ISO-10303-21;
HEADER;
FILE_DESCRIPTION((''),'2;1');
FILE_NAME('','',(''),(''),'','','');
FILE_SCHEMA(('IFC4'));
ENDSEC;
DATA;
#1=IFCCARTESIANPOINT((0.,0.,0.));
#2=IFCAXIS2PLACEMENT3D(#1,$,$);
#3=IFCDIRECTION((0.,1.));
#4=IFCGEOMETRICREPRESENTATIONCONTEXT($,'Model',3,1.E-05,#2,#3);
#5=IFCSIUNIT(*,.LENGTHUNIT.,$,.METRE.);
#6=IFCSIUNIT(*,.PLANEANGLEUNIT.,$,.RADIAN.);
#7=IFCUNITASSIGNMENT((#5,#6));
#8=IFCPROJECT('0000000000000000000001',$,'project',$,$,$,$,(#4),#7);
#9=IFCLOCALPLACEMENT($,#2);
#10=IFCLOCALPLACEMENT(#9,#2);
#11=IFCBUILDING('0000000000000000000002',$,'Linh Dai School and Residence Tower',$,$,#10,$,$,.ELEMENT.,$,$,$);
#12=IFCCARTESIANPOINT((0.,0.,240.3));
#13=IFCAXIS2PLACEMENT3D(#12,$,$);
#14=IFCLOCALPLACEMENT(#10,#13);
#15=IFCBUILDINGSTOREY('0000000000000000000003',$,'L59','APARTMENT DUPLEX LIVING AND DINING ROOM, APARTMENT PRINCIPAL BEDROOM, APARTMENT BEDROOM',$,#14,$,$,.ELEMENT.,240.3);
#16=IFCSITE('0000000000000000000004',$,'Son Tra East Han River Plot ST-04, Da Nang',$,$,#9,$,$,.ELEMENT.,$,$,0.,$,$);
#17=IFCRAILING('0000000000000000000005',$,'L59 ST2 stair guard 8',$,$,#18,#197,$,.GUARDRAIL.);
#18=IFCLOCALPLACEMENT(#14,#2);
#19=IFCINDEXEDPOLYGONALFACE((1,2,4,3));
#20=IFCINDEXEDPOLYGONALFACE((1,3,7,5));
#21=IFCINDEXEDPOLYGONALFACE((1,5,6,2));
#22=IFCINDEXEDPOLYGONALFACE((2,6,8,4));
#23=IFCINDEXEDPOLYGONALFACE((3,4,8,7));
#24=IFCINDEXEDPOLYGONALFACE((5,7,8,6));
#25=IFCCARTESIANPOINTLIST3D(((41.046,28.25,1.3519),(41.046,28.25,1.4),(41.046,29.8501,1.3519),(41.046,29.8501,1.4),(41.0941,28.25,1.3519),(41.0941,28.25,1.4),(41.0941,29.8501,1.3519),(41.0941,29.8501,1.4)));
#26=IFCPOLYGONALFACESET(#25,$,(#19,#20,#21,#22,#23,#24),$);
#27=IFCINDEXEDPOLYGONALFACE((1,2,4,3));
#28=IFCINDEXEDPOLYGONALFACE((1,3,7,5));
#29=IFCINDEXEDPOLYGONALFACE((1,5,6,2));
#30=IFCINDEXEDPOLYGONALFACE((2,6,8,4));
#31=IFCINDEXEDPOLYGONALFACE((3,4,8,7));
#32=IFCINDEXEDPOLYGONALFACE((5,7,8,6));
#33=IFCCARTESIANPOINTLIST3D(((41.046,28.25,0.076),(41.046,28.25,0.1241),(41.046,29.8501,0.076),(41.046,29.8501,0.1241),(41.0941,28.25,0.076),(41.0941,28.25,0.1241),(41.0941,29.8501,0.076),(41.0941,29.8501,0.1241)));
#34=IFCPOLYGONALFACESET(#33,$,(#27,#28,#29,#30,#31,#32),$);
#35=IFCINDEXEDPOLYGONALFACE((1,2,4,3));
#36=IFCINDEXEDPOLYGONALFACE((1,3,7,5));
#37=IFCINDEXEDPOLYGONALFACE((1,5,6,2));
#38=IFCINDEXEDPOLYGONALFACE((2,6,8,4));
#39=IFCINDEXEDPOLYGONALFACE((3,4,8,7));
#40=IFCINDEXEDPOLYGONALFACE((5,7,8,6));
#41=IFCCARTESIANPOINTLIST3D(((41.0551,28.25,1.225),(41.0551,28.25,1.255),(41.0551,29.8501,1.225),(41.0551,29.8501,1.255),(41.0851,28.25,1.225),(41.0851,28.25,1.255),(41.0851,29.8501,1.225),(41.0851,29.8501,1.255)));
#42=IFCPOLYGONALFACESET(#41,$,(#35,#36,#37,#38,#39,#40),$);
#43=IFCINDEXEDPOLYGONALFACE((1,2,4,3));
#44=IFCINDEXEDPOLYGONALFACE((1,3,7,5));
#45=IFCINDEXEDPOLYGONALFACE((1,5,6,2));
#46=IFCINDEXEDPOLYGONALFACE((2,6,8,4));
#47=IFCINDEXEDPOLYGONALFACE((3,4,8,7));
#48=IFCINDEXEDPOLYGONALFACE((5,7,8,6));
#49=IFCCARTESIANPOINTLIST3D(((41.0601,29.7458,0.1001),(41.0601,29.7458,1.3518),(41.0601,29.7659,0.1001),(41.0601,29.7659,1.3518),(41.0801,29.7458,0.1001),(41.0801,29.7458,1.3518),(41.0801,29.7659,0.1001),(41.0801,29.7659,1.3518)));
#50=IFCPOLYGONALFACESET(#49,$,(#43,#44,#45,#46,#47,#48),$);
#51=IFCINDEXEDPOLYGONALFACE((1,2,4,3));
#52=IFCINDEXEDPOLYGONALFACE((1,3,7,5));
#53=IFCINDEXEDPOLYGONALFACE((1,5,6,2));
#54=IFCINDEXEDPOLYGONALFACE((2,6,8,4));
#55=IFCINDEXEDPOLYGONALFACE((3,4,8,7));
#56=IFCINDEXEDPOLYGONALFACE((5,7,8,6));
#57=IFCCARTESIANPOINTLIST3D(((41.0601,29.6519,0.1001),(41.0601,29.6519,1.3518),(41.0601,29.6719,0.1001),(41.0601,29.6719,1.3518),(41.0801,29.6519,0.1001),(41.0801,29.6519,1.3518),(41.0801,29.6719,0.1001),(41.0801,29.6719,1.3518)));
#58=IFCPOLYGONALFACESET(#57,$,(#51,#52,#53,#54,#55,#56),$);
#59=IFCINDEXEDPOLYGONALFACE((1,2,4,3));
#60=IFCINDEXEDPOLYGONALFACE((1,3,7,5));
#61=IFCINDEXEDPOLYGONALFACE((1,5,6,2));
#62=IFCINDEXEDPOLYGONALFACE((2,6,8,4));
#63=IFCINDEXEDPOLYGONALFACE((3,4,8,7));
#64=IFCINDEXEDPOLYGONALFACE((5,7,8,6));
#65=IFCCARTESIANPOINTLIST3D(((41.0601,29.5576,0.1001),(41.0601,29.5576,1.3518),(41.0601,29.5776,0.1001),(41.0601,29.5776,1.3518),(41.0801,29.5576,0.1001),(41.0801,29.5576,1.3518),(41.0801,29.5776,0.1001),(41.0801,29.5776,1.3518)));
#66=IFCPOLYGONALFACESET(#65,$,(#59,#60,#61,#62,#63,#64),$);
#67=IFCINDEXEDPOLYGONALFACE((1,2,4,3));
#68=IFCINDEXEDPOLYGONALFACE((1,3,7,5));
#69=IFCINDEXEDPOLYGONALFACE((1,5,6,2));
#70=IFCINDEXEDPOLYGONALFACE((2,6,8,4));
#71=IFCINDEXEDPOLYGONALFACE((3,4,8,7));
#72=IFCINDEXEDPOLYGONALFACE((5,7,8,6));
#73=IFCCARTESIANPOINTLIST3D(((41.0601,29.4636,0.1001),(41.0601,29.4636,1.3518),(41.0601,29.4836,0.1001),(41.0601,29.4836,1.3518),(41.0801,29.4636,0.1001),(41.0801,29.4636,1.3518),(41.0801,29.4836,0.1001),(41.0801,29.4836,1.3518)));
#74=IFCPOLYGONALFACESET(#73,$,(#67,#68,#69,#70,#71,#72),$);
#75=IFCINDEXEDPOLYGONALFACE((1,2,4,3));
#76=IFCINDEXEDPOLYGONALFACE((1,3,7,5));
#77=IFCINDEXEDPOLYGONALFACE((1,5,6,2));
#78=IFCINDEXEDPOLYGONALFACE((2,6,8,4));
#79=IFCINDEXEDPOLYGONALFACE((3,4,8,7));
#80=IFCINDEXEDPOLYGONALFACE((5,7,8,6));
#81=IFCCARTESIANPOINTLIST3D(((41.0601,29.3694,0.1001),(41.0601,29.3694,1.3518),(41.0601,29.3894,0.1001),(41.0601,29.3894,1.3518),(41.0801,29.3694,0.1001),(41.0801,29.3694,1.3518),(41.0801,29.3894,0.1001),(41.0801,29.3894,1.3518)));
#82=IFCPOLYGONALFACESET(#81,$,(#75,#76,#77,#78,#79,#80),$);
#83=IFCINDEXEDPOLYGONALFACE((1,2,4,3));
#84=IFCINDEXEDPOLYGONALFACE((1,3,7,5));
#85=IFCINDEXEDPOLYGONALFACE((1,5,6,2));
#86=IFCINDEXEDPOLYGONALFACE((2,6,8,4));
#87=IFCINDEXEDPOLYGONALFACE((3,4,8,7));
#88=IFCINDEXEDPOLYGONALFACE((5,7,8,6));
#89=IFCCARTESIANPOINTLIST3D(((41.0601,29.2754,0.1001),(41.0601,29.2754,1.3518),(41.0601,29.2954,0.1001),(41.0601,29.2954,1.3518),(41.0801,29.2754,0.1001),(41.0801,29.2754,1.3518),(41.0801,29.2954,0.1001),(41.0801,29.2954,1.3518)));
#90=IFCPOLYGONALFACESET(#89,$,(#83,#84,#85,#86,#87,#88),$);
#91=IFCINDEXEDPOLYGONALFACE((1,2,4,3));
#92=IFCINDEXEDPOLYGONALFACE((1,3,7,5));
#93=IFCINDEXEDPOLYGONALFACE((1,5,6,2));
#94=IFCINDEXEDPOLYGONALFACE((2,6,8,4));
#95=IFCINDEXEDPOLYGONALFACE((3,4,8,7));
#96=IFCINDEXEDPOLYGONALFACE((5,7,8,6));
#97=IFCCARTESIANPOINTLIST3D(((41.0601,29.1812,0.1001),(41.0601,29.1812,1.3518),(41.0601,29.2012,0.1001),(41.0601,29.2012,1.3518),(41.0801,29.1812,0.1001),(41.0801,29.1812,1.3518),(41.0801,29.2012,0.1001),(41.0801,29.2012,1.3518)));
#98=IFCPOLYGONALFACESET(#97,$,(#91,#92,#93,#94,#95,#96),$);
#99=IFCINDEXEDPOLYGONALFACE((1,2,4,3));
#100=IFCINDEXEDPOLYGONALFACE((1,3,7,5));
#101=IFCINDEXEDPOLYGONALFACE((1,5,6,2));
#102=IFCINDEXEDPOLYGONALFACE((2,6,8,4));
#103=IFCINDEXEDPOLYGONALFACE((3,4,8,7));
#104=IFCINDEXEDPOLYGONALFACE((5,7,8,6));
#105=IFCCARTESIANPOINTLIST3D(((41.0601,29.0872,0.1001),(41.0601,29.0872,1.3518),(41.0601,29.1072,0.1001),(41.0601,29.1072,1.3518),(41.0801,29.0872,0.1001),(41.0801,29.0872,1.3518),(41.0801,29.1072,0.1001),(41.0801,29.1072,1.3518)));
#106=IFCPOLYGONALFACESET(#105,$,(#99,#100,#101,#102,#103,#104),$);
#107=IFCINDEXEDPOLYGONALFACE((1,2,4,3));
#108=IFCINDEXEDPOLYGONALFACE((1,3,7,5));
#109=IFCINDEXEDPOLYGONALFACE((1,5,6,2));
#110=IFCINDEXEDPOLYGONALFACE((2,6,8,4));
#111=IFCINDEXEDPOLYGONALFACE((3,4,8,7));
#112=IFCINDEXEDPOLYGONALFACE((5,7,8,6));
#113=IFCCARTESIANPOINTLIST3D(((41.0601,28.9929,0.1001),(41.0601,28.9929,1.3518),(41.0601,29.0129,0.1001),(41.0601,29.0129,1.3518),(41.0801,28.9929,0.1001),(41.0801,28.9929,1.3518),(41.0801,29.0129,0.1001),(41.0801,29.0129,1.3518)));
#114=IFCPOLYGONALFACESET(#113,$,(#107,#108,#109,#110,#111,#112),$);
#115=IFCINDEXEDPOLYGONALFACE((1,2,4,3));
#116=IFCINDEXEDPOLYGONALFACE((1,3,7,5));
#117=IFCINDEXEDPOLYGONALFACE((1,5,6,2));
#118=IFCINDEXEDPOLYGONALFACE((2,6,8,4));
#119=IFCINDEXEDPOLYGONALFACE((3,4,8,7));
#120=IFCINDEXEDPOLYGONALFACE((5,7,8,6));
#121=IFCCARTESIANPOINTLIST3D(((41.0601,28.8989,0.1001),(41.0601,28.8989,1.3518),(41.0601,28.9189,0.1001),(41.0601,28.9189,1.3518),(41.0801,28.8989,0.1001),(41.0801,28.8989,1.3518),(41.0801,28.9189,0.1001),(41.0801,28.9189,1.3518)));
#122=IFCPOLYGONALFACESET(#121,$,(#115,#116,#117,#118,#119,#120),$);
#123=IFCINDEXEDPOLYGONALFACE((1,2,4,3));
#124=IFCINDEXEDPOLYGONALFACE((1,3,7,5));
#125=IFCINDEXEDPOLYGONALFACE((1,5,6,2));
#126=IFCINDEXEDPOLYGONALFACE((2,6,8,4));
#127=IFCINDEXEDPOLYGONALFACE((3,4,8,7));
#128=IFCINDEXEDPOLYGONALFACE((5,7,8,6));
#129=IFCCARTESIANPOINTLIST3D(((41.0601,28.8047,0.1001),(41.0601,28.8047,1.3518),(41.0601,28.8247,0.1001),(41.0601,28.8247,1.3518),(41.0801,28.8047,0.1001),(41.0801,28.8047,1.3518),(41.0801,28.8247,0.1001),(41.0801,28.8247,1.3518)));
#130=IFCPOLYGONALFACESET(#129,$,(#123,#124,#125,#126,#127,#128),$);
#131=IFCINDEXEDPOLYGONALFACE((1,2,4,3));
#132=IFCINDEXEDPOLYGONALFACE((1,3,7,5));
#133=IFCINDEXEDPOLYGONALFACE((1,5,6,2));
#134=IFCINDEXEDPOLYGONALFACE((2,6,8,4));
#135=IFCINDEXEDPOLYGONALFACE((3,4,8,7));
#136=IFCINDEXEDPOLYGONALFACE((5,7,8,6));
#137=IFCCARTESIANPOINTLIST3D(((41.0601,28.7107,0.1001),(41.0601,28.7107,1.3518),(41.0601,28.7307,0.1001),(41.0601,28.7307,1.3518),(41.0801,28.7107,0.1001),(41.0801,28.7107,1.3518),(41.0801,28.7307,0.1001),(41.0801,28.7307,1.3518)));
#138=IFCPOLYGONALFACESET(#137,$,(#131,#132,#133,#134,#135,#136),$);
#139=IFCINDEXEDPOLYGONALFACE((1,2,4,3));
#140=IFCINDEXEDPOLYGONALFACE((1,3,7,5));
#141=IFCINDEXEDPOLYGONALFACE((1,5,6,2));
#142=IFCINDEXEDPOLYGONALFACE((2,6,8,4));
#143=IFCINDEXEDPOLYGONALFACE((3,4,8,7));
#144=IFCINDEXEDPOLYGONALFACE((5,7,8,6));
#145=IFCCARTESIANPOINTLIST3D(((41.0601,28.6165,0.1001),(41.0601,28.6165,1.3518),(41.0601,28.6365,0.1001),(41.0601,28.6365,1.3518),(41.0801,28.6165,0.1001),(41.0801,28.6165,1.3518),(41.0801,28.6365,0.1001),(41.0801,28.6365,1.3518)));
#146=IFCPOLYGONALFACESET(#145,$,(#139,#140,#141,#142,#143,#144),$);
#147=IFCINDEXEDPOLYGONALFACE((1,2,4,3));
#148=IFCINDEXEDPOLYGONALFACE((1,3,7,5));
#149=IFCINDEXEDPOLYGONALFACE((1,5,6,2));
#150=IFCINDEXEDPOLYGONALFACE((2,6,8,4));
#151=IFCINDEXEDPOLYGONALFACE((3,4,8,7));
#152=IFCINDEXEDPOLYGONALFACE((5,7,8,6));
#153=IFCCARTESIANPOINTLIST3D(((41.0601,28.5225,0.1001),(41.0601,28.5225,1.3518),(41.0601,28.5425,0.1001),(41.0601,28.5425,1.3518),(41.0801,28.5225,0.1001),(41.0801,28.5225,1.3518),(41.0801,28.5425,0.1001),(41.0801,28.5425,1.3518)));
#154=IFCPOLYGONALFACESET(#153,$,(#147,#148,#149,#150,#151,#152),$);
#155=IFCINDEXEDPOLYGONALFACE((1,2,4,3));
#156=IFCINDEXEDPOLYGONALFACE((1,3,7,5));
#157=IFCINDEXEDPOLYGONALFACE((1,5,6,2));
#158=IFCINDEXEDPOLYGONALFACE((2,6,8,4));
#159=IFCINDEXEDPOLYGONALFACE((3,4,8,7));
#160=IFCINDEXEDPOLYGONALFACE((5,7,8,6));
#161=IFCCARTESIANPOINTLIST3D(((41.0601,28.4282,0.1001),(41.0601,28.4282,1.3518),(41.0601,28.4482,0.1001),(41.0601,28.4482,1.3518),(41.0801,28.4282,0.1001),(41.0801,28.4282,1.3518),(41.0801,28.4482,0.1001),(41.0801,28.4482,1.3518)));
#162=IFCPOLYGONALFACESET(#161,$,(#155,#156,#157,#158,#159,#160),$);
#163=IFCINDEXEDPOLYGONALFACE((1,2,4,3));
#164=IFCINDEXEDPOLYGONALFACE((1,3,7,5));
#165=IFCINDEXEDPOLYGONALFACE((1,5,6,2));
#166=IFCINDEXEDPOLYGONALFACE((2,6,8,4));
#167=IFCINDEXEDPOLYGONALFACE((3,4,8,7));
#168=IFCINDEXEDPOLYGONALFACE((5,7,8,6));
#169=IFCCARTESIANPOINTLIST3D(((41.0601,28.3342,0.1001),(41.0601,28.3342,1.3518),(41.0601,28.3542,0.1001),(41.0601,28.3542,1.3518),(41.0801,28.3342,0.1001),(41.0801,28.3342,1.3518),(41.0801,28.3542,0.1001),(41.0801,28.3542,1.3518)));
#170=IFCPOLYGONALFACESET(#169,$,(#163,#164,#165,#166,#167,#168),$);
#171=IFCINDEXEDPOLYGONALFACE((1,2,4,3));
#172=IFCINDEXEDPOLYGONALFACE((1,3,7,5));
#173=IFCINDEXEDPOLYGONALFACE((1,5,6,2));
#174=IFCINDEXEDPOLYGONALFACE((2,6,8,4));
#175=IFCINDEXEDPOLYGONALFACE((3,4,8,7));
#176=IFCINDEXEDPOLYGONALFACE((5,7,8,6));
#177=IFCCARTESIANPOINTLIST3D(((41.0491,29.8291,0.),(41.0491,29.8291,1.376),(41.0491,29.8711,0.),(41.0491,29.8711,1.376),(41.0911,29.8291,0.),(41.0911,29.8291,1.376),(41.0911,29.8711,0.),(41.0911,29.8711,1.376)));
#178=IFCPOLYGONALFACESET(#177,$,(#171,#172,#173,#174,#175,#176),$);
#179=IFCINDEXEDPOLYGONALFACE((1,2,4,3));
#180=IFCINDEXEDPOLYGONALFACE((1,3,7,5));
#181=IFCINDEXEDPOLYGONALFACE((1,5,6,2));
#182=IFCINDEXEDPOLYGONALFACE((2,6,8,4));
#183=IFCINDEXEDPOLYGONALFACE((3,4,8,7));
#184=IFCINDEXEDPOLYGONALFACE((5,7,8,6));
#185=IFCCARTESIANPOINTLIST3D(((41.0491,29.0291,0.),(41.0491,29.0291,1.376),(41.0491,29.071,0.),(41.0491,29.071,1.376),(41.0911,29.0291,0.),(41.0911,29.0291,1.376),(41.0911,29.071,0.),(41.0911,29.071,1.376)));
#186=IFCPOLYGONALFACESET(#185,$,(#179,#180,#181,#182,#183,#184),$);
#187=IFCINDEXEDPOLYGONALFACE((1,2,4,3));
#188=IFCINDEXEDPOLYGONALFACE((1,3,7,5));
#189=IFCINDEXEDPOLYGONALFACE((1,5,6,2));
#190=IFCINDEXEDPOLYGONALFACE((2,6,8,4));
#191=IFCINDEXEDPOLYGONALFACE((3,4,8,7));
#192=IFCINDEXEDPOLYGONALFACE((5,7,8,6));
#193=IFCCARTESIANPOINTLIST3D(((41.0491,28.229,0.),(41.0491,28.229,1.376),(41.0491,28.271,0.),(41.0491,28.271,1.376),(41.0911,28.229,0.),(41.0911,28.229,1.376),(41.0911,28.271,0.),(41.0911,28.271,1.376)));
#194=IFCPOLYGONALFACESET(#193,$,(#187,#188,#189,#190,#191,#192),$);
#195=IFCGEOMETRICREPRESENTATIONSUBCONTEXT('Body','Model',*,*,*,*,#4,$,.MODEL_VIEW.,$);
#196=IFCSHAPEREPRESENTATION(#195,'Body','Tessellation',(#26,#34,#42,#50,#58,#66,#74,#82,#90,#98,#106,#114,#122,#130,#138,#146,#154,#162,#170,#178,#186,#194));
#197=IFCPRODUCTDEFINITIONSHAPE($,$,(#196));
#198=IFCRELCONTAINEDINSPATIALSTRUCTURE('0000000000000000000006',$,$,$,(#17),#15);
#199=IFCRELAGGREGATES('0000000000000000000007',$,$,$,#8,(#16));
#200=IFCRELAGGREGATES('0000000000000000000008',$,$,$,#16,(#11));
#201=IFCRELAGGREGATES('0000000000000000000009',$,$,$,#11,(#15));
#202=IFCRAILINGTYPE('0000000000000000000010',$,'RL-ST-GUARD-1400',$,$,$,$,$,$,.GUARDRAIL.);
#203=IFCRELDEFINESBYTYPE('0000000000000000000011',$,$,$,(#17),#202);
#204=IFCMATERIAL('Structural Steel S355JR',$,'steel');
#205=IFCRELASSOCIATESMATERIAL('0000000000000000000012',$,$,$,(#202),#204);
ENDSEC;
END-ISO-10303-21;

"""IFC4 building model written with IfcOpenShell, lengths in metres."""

from ifc_helpers import new_model, si_unit, direction, frame, origin, origin_2d, place, context, subcontext, project, spatial, rectangle, extrude, source, transform, mapped, material, type_object, element, save


model = new_model("IFC4")

# Units and contexts
model_context = context("Model", 3, precision=1e-05, world=origin(), true_north=direction((0.0, 1.0)))
body_context = subcontext(model_context, "Body", "Model", "MODEL_VIEW")
ifc_project = project(units=[si_unit("LENGTHUNIT", "METRE"), si_unit("PLANEANGLEUNIT", "RADIAN")], contexts=[model_context])

# Site, building, storey
site_placement = place(None, origin())
site = spatial("IfcSite", under=ifc_project, at=site_placement, Name="Son Tra East Han River Plot ST-04, Da Nang", CompositionType="ELEMENT", RefElevation=0.0)
building_placement = place(site_placement, origin())
building = spatial("IfcBuilding", under=site, at=building_placement, Name="Linh Dai School and Residence Tower", CompositionType="ELEMENT")
storey_placement = place(building_placement, frame((0.0, 0.0, 240.3)))
storey = spatial("IfcBuildingStorey", under=building, at=storey_placement, Name="L59", Description="APARTMENT DUPLEX LIVING AND DINING ROOM, APARTMENT PRINCIPAL BEDROOM, APARTMENT BEDROOM", CompositionType="ELEMENT", Elevation=240.3)

# Shared definitions
ifc_material_1 = material(Name="Structural Steel S355JR", Category="steel")

# Railing
railing_type_1 = type_object("IfcRailingType", Name="RL-ST-GUARD-1400", PredefinedType="GUARDRAIL", material=ifc_material_1)
shared_shape_1 = source(origin(), body_context, "Body", "SweptSolid", [
    extrude(rectangle(XDim=0.0481, YDim=0.0481, at=origin_2d()), frame((0.0, 0.0, 1.376), z_axis=(0.0, -1.0, 0.0), x_axis=(1.0, 0.0, 0.0)), (0.0, 0.0, 1.0), 1.6001),
    extrude(rectangle(XDim=0.0481, YDim=0.0481, at=origin_2d()), frame((0.0, 0.0, 0.1001), z_axis=(0.0, -1.0, 0.0), x_axis=(1.0, 0.0, 0.0)), (0.0, 0.0, 1.0), 1.6001),
    extrude(rectangle(XDim=0.03, YDim=0.03, at=origin_2d()), frame((0.0, 0.0, 1.24), z_axis=(0.0, -1.0, 0.0), x_axis=(1.0, 0.0, 0.0)), (0.0, 0.0, 1.0), 1.6001),
    extrude(rectangle(XDim=0.02, YDim=0.02, at=origin_2d()), frame((0.0, -0.0942, 0.1001)), (0.0, 0.0, 1.0), 1.2517),
    extrude(rectangle(XDim=0.02, YDim=0.02, at=origin_2d()), frame((0.0, -0.1882, 0.1001)), (0.0, 0.0, 1.0), 1.2517),
    extrude(rectangle(XDim=0.02, YDim=0.02, at=origin_2d()), frame((0.0, -0.2825, 0.1001)), (0.0, 0.0, 1.0), 1.2517),
    extrude(rectangle(XDim=0.02, YDim=0.02, at=origin_2d()), frame((0.0, -0.3765, 0.1001)), (0.0, 0.0, 1.0), 1.2517),
    extrude(rectangle(XDim=0.02, YDim=0.02, at=origin_2d()), frame((0.0, -0.4707, 0.1001)), (0.0, 0.0, 1.0), 1.2517),
    extrude(rectangle(XDim=0.02, YDim=0.02, at=origin_2d()), frame((0.0, -0.5647, 0.1001)), (0.0, 0.0, 1.0), 1.2517),
    extrude(rectangle(XDim=0.02, YDim=0.02, at=origin_2d()), frame((0.0, -0.6589, 0.1001)), (0.0, 0.0, 1.0), 1.2517),
    extrude(rectangle(XDim=0.02, YDim=0.02, at=origin_2d()), frame((0.0, -0.7529, 0.1001)), (0.0, 0.0, 1.0), 1.2517),
    extrude(rectangle(XDim=0.02, YDim=0.02, at=origin_2d()), frame((0.0, -0.8472, 0.1001)), (0.0, 0.0, 1.0), 1.2517),
    extrude(rectangle(XDim=0.02, YDim=0.02, at=origin_2d()), frame((0.0, -0.9412, 0.1001)), (0.0, 0.0, 1.0), 1.2517),
    extrude(rectangle(XDim=0.02, YDim=0.02, at=origin_2d()), frame((0.0, -1.0354, 0.1001)), (0.0, 0.0, 1.0), 1.2517),
    extrude(rectangle(XDim=0.02, YDim=0.02, at=origin_2d()), frame((0.0, -1.1294, 0.1001)), (0.0, 0.0, 1.0), 1.2517),
    extrude(rectangle(XDim=0.02, YDim=0.02, at=origin_2d()), frame((0.0, -1.2236, 0.1001)), (0.0, 0.0, 1.0), 1.2517),
    extrude(rectangle(XDim=0.02, YDim=0.02, at=origin_2d()), frame((0.0, -1.3176, 0.1001)), (0.0, 0.0, 1.0), 1.2517),
    extrude(rectangle(XDim=0.02, YDim=0.02, at=origin_2d()), frame((0.0, -1.4119, 0.1001)), (0.0, 0.0, 1.0), 1.2517),
    extrude(rectangle(XDim=0.02, YDim=0.02, at=origin_2d()), frame((0.0, -1.5059, 0.1001)), (0.0, 0.0, 1.0), 1.2517),
    extrude(rectangle(XDim=0.042, YDim=0.042, at=origin_2d()), origin(), (0.0, 0.0, 1.0), 1.376),
    extrude(rectangle(XDim=0.042, YDim=0.042, at=origin_2d()), frame((0.0, -0.8, 0.0)), (0.0, 0.0, 1.0), 1.376),
    extrude(rectangle(XDim=0.042, YDim=0.042, at=origin_2d()), frame((0.0, -1.6001, 0.0)), (0.0, 0.0, 1.0), 1.376),
])
for number, where, name in (
    (1, (41.0701, 29.8501, 0.0), "L59 ST2 stair guard 8"),
):
    element("IfcRailing", number, at=place(storey_placement, frame(where)), inside=storey, type_object=railing_type_1, Name=name, PredefinedType="GUARDRAIL", context=body_context, shape_type="MappedRepresentation", body=[
        mapped(shared_shape_1, transform((0.0, 0.0, 0.0), x_axis=(1.0, 0.0, 0.0), y_axis=(0.0, 1.0, 0.0), z_axis=(0.0, 0.0, 1.0), scale=1.0)),
    ])

save(model, "model.ifc")
